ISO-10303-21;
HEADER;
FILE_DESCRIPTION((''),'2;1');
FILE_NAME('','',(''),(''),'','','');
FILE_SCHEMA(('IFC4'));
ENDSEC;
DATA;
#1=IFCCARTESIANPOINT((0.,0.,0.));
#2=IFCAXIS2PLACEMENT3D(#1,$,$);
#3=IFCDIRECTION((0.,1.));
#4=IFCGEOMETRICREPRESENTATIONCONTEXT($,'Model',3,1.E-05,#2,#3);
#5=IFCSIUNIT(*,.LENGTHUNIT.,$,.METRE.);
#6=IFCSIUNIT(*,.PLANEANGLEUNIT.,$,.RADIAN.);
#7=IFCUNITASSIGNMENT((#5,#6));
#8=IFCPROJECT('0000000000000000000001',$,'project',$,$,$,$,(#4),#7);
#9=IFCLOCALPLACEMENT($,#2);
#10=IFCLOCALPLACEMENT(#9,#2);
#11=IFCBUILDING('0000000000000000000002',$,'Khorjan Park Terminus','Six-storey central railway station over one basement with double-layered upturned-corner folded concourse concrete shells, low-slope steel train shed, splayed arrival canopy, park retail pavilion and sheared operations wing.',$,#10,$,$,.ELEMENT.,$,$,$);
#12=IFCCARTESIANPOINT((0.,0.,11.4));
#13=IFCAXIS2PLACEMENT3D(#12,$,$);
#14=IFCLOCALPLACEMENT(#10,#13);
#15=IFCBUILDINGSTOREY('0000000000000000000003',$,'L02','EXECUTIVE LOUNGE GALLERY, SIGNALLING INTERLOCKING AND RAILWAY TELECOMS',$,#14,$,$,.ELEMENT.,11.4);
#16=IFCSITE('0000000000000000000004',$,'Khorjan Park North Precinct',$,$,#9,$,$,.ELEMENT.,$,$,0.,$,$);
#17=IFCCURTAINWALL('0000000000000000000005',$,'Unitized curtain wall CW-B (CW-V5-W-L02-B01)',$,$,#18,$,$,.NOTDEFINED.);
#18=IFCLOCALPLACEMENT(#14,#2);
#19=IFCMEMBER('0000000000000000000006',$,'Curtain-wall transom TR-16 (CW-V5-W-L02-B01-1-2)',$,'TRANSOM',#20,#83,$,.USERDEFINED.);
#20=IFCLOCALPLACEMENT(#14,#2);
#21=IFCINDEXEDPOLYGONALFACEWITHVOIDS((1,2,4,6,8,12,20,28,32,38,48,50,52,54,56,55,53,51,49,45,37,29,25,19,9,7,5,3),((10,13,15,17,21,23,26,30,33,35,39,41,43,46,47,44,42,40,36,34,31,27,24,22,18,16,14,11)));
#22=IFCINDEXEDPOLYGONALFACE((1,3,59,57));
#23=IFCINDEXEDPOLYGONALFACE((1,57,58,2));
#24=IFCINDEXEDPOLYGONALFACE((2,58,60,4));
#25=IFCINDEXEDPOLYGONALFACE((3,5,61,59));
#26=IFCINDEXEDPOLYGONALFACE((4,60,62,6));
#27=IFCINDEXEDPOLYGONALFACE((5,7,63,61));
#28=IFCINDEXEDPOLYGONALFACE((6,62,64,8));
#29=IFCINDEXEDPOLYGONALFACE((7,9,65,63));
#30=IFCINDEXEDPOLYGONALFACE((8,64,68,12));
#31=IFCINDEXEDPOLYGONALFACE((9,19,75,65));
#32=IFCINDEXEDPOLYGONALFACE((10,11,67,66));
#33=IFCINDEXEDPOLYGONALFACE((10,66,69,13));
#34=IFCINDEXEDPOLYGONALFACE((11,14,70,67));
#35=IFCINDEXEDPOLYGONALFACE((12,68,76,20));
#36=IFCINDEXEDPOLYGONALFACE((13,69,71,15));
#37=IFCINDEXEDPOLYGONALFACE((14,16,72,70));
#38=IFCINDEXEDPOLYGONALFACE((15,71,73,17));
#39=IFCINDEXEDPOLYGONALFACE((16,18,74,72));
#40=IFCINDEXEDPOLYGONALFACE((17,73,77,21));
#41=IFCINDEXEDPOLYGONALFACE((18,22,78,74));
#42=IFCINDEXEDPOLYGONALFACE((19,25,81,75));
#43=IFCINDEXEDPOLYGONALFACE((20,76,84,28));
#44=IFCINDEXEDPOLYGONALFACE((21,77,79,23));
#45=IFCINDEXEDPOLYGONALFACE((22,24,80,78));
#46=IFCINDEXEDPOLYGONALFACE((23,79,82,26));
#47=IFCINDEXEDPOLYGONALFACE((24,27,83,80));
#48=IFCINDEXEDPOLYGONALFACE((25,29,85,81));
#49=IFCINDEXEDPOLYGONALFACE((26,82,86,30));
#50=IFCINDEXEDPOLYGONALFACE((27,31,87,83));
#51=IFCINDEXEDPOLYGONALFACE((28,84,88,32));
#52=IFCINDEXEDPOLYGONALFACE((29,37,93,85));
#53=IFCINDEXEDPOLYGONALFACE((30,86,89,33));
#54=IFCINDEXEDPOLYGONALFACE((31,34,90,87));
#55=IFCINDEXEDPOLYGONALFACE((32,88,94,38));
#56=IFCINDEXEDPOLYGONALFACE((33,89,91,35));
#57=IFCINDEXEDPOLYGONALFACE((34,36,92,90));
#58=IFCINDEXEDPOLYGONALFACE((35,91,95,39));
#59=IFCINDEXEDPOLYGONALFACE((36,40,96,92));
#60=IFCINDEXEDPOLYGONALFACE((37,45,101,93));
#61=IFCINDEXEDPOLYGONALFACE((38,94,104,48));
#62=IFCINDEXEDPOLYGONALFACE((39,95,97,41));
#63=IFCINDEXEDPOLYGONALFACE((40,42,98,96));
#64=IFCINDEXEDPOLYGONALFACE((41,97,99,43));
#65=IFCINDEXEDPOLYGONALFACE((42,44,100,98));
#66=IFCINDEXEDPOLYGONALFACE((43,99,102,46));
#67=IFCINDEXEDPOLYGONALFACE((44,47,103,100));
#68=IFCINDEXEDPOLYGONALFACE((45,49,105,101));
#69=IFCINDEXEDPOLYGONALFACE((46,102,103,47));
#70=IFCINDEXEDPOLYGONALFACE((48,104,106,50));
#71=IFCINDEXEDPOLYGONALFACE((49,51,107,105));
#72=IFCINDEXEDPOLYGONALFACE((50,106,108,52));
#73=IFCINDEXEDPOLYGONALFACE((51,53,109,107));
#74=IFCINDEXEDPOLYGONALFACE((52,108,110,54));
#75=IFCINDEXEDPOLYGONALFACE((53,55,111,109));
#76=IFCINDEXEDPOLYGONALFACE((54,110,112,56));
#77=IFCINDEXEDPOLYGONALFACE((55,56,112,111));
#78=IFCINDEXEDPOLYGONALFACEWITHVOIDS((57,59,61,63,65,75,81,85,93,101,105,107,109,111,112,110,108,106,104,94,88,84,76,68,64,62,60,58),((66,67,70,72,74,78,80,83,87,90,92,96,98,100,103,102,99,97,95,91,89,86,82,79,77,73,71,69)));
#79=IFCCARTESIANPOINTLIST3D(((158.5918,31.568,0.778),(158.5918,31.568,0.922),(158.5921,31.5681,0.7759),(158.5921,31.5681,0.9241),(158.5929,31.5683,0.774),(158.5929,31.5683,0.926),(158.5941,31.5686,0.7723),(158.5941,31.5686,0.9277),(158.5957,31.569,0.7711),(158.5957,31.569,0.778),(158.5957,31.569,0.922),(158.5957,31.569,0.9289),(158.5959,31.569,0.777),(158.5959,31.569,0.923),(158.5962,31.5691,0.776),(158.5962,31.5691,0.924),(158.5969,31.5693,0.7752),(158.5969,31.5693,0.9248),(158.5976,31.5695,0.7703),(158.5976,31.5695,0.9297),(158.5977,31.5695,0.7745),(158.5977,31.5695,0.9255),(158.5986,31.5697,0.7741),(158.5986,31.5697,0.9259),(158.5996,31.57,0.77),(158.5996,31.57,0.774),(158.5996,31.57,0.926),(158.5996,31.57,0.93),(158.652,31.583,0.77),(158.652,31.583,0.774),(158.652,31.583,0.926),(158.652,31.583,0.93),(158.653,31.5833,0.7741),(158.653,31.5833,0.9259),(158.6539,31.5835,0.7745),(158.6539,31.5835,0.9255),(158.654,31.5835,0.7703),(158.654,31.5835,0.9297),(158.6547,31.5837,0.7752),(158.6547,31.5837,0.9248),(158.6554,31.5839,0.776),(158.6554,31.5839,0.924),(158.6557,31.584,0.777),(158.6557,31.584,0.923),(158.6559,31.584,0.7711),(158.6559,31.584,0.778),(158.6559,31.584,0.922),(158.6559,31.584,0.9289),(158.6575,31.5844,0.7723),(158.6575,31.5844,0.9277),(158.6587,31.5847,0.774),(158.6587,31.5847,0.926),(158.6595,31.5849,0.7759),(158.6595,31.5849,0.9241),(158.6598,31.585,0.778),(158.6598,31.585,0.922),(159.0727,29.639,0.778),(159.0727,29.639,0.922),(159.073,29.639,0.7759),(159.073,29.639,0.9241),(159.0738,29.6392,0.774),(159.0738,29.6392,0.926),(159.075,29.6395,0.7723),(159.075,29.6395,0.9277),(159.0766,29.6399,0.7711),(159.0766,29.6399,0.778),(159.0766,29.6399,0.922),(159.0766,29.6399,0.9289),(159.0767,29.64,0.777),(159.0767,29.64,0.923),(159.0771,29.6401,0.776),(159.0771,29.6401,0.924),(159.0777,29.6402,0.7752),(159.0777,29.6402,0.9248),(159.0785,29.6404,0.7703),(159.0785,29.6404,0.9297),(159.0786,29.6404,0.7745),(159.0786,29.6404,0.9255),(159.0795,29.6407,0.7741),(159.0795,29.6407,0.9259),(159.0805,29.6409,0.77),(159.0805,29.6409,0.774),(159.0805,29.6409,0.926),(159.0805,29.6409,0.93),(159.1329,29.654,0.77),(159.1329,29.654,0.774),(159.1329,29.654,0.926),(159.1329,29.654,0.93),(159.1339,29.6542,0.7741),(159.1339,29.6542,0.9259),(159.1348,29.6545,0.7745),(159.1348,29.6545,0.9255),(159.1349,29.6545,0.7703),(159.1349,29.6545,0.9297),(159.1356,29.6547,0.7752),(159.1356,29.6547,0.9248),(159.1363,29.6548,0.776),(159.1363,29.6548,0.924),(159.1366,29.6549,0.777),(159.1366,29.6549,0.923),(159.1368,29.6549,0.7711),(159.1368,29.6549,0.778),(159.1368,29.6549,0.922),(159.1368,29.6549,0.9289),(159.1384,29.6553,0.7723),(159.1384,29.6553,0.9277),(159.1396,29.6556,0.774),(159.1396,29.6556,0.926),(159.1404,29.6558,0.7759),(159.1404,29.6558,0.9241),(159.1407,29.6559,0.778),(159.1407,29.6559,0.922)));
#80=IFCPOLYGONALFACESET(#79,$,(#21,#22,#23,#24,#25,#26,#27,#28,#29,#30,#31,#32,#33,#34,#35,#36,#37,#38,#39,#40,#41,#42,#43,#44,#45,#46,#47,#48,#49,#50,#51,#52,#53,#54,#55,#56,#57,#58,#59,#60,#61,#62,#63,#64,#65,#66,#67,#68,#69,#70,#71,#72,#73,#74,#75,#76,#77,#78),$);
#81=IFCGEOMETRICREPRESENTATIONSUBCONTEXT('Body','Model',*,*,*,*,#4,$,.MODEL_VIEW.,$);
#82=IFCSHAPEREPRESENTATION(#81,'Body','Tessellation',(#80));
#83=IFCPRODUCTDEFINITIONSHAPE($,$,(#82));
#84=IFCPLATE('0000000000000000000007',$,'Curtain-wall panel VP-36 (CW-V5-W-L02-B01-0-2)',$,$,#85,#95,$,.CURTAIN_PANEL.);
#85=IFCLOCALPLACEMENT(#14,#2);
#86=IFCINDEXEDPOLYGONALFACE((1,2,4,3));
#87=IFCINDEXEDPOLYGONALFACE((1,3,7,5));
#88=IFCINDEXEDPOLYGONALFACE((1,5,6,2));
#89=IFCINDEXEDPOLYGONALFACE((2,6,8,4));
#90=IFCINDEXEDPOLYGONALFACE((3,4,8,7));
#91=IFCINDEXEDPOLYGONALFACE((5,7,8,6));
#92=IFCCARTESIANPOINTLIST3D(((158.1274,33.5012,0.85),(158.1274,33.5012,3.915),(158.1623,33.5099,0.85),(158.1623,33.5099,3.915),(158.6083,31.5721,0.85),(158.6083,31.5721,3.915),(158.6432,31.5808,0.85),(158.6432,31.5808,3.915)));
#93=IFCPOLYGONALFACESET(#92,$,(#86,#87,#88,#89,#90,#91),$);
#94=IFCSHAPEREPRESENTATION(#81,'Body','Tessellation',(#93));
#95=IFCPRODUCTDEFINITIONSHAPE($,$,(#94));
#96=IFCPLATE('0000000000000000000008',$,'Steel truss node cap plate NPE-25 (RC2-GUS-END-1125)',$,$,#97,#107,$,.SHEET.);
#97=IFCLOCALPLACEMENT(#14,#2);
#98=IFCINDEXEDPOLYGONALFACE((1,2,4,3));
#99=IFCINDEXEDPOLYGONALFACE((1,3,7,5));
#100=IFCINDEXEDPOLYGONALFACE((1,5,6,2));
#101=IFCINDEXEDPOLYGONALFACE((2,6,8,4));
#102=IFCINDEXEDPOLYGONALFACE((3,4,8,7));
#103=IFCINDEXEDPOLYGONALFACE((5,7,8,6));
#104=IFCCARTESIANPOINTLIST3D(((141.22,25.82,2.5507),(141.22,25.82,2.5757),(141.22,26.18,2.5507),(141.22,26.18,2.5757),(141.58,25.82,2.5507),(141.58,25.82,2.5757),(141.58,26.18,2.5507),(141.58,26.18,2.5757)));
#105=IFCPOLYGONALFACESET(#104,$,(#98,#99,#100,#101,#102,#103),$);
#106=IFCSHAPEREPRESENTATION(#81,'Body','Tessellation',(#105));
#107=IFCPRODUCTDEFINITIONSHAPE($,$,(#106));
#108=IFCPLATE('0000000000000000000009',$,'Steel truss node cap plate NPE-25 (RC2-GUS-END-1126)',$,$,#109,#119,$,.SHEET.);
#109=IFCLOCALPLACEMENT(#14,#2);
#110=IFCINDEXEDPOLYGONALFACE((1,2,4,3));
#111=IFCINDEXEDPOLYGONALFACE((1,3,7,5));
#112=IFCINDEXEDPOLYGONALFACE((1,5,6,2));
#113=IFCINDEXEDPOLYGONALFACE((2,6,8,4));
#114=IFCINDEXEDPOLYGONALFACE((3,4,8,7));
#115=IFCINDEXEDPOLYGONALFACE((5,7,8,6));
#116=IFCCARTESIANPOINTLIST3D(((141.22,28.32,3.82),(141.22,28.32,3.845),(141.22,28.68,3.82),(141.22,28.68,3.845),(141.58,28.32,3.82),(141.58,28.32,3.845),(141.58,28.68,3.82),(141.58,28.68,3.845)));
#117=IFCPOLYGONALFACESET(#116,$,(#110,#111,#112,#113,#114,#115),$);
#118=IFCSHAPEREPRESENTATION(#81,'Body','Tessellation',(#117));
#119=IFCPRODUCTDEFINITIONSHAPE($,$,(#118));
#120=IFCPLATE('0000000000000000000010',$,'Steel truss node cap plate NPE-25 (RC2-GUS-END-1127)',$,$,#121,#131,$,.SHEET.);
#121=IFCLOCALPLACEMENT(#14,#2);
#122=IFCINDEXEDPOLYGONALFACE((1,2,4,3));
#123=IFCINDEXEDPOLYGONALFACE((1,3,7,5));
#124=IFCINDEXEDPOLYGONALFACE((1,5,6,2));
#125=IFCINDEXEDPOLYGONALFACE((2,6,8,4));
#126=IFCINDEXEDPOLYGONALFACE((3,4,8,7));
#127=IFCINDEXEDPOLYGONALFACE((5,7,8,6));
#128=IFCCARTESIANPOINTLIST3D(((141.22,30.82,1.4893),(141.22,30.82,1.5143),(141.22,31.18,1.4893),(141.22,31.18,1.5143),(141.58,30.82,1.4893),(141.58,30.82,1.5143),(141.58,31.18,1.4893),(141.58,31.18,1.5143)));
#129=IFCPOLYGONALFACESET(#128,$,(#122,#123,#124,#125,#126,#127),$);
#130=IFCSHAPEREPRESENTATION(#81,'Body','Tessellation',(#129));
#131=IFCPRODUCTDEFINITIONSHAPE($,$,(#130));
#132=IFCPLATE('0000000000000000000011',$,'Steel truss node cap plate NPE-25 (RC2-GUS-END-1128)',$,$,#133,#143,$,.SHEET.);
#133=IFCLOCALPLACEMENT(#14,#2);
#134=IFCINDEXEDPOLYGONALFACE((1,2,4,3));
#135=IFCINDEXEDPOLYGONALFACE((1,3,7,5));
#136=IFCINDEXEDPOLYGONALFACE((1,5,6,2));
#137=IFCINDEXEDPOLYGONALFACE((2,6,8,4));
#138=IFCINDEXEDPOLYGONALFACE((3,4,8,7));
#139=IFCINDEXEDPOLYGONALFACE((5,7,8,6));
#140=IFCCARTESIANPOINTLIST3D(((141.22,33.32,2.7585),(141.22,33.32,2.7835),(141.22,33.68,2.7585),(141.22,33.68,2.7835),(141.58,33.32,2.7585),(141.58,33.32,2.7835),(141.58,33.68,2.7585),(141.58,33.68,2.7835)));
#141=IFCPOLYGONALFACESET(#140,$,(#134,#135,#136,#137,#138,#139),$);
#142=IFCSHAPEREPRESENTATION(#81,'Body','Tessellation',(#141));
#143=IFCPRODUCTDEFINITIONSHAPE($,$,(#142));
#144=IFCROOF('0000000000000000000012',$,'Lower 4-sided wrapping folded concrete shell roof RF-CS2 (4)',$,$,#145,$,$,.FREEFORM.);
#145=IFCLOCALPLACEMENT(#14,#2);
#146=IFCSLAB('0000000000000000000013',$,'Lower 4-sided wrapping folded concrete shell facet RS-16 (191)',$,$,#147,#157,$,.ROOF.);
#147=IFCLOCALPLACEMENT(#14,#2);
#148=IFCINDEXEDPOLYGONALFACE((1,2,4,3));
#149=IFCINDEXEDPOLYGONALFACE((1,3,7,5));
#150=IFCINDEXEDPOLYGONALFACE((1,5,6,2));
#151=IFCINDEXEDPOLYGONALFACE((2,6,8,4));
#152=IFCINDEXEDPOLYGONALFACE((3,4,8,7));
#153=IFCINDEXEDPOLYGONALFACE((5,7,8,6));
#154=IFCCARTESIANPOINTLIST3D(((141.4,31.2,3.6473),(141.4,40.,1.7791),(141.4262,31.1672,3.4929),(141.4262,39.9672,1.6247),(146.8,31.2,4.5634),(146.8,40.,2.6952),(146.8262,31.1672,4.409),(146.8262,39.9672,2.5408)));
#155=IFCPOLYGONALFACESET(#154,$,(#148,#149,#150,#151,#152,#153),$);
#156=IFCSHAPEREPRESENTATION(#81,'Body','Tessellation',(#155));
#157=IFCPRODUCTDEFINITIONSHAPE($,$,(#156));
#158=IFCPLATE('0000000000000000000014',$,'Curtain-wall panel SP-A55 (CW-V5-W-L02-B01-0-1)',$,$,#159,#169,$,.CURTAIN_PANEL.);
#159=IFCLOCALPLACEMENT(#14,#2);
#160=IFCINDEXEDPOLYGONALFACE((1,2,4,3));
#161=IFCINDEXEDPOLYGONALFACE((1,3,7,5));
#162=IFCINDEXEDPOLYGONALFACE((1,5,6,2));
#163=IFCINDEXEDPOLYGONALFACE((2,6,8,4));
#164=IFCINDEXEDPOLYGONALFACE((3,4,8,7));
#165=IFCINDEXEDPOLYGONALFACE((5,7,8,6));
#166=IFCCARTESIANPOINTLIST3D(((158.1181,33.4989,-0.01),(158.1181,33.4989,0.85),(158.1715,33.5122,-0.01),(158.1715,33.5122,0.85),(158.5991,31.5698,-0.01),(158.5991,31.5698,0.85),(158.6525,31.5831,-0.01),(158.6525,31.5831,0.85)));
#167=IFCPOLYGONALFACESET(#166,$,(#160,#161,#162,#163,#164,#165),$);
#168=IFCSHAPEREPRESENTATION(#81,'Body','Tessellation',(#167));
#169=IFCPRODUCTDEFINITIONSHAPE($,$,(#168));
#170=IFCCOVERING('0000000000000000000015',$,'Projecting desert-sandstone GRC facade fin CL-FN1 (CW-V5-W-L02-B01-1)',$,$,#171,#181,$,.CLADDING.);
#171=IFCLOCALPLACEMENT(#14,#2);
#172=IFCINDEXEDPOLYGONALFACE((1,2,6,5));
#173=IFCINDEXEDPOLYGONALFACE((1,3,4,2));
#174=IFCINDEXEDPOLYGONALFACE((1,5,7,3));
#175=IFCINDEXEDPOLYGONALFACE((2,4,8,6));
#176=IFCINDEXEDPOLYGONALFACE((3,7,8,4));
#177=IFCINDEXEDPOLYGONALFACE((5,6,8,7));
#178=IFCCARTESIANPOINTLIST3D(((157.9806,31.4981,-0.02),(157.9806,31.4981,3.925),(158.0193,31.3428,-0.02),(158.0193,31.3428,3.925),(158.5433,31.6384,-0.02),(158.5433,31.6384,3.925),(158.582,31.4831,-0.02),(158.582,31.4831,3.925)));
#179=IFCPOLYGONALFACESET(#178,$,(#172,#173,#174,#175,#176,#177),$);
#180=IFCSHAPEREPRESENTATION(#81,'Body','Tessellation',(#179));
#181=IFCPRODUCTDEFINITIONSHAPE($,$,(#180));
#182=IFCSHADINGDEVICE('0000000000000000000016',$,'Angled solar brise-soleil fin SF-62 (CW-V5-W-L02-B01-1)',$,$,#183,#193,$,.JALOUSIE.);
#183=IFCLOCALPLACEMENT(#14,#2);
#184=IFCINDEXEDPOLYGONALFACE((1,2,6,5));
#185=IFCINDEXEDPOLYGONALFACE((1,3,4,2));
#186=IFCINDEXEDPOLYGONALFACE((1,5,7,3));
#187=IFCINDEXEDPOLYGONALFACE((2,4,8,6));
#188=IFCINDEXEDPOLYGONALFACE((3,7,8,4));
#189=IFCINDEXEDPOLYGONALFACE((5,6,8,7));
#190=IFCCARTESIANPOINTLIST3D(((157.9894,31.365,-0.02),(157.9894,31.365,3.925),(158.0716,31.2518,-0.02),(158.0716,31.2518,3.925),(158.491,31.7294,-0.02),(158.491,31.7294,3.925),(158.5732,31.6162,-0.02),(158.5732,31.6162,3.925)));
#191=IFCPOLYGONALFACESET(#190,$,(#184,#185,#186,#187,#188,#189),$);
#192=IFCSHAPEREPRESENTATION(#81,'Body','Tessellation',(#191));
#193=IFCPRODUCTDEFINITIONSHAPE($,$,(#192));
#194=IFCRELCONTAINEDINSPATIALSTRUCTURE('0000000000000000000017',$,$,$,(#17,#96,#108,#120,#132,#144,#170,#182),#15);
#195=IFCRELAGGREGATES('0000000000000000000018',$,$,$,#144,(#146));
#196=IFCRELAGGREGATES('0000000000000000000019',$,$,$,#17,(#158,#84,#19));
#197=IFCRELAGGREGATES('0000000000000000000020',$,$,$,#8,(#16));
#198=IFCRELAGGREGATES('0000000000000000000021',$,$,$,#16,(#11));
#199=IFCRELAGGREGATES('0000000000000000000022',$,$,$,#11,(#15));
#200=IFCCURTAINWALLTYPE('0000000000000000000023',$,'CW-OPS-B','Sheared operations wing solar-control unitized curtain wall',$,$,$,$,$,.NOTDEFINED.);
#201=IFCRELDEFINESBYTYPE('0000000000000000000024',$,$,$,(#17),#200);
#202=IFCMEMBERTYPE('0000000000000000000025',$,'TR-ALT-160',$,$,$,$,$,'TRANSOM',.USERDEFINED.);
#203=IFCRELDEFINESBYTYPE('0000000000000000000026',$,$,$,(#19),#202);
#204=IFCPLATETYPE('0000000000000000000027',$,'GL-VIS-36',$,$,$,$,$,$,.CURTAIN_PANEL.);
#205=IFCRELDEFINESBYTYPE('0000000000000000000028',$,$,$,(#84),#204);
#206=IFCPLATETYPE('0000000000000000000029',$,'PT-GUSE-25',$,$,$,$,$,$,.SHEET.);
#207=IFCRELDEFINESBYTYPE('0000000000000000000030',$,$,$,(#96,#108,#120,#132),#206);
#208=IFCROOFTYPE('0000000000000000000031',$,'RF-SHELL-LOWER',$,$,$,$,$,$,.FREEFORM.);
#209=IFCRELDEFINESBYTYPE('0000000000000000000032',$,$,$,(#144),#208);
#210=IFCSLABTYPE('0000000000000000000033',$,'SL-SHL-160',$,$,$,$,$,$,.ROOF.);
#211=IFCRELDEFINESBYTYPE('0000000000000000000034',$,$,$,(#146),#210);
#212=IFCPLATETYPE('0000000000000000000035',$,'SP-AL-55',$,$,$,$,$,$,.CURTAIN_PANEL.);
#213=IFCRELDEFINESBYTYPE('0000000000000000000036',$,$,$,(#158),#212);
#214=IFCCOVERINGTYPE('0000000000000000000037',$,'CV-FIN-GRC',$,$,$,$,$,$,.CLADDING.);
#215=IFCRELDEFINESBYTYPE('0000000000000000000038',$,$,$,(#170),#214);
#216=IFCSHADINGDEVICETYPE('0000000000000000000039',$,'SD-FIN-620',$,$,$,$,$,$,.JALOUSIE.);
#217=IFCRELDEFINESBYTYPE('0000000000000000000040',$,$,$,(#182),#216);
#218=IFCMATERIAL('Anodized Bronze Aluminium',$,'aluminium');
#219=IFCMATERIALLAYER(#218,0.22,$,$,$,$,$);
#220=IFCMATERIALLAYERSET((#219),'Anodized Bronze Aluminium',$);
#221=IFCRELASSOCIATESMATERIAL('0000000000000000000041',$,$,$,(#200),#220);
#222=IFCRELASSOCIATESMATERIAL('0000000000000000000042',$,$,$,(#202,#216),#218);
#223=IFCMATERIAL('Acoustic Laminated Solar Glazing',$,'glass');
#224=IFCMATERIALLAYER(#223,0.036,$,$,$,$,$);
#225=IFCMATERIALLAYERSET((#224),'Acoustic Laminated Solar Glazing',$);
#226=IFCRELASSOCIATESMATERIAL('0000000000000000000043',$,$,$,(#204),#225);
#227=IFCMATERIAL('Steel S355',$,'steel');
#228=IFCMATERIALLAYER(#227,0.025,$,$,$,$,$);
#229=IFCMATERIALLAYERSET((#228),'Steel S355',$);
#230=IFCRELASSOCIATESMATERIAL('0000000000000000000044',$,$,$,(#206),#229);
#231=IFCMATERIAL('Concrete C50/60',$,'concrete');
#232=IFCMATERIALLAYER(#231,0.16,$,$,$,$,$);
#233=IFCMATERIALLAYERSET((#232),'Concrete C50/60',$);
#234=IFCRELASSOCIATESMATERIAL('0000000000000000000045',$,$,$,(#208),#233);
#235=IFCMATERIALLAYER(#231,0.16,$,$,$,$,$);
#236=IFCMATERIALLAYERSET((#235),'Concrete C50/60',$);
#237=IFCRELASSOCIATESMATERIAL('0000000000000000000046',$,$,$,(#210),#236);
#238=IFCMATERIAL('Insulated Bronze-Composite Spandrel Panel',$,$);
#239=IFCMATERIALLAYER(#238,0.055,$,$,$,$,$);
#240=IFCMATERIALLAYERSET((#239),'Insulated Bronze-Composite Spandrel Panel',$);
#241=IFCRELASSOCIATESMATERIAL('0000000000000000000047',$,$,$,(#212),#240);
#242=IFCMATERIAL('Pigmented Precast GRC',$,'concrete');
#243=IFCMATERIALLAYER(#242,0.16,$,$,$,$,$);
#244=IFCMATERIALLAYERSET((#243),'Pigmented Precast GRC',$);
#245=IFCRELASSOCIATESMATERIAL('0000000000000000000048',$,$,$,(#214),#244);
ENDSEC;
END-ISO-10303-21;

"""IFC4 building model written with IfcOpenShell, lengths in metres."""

from ifc_helpers import new_model, si_unit, direction, frame, origin, origin_2d, place, context, subcontext, project, spatial, polyline, rectangle, hollow_rectangle, outline, extrude, material, layer, layer_set, material_profile, profile_set, type_object, element, aggregate, save


model = new_model("IFC4")

# Units and contexts
model_context = context("Model", 3, precision=1e-05, world=origin(), true_north=direction((0.0, 1.0)))
body_context = subcontext(model_context, "Body", "Model", "MODEL_VIEW")
ifc_project = project(units=[si_unit("LENGTHUNIT", "METRE"), si_unit("PLANEANGLEUNIT", "RADIAN")], contexts=[model_context])

# Site, building, storey
site_placement = place(None, origin())
site = spatial("IfcSite", under=ifc_project, at=site_placement, Name="Khorjan Park North Precinct", CompositionType="ELEMENT", RefElevation=0.0)
building_placement = place(site_placement, origin())
building = spatial("IfcBuilding", under=site, at=building_placement, Name="Khorjan Park Terminus", Description="Six-storey central railway station over one basement with double-layered upturned-corner folded concourse concrete shells, low-slope steel train shed, splayed arrival canopy, park retail pavilion and sheared operations wing.", CompositionType="ELEMENT")
storey_placement = place(building_placement, frame((0.0, 0.0, 11.4)))
storey = spatial("IfcBuildingStorey", under=building, at=storey_placement, Name="L02", Description="EXECUTIVE LOUNGE GALLERY, SIGNALLING INTERLOCKING AND RAILWAY TELECOMS", CompositionType="ELEMENT", Elevation=11.4)

# Shared definitions
ifc_material_1 = material(Name="Concrete C50/60", Category="concrete")

# Shared definitions
ifc_material_2 = material(Name="Steel S355", Category="steel")

# Curtain wall
ifc_material_3 = material(Name="Anodized Bronze Aluminium", Category="aluminium")
ifc_layer_1 = layer(ifc_material_3, 0.22)
ifc_layer_set_1 = layer_set([ifc_layer_1], Name="Anodized Bronze Aluminium")
curtain_wall_type = type_object("IfcCurtainWallType", Name="CW-OPS-B", Description="Sheared operations wing solar-control unitized curtain wall", PredefinedType="NOTDEFINED", material=ifc_layer_set_1)
curtain_wall_placement = place(storey_placement, origin())
curtain_wall = element("IfcCurtainWall", 1, at=curtain_wall_placement, inside=storey, type_object=curtain_wall_type, Name="Unitized curtain wall CW-B (CW-V5-W-L02-B01)", PredefinedType="NOTDEFINED")

# Member
ifc_material_profile_1 = material_profile(ifc_material_3, hollow_rectangle(XDim=0.07, YDim=0.16, WallThickness=0.004, InnerFilletRadius=0.004, OuterFilletRadius=0.008, at=origin_2d()), Name="ALT 70x160x4")
ifc_profile_set_1 = profile_set([ifc_material_profile_1], Name="Anodized Bronze Aluminium")
member_type_1 = type_object("IfcMemberType", Name="TR-ALT-160", ElementType="TRANSOM", PredefinedType="USERDEFINED", material=ifc_profile_set_1)
member_1_placement = place(storey_placement, frame((158.6258, 31.5765, 0.85), z_axis=(0.241885, -0.970305, 0.0), x_axis=(0.970305, 0.241885, 0.0)))
member_1 = element("IfcMember", 2, at=member_1_placement, type_object=member_type_1, Name="Curtain-wall transom TR-16 (CW-V5-W-L02-B01-1-2)", ObjectType="TRANSOM", PredefinedType="USERDEFINED", context=body_context, shape_type="SweptSolid", body=[
    extrude(hollow_rectangle(XDim=0.07, YDim=0.16, WallThickness=0.004, InnerFilletRadius=0.004, OuterFilletRadius=0.008, at=origin_2d()), origin(), (0.0, 0.0, 1.0), 1.9881),
])

# Plate
ifc_material_4 = material(Name="Acoustic Laminated Solar Glazing", Category="glass")
ifc_layer_2 = layer(ifc_material_4, 0.036)
ifc_layer_set_2 = layer_set([ifc_layer_2], Name="Acoustic Laminated Solar Glazing")
plate_type_1 = type_object("IfcPlateType", Name="GL-VIS-36", PredefinedType="CURTAIN_PANEL", material=ifc_layer_set_2)
plate_1_placement = place(storey_placement, frame((158.3853, 32.541, 0.85), z_axis=(0.0, 0.0, 1.0), x_axis=(0.241915, -0.970297, 0.0)))
plate_1 = element("IfcPlate", 3, at=plate_1_placement, type_object=plate_type_1, Name="Curtain-wall panel VP-36 (CW-V5-W-L02-B01-0-2)", PredefinedType="CURTAIN_PANEL", context=body_context, shape_type="SweptSolid", body=[
    extrude(rectangle(XDim=1.9881, YDim=0.036, at=origin_2d()), origin(), (0.0, 0.0, 1.0), 3.065),
])

# Plates
ifc_layer_3 = layer(ifc_material_2, 0.025)
ifc_layer_set_3 = layer_set([ifc_layer_3], Name="Steel S355")
plate_type_2 = type_object("IfcPlateType", Name="PT-GUSE-25", PredefinedType="SHEET", material=ifc_layer_set_3)
for number, where, z_axis, x_axis, name in (
    (4, (141.4, 26.0, 2.5507), (0.0, 0.0, 1.0), (1.0, 0.0, 0.0), "Steel truss node cap plate NPE-25 (RC2-GUS-END-1125)"),
    (5, (141.4, 28.5, 3.82), (0.0, 0.0, 1.0), (1.0, 0.0, 0.0), "Steel truss node cap plate NPE-25 (RC2-GUS-END-1126)"),
    (6, (141.4, 31.0, 1.4893), (0.0, 0.0, 1.0), (1.0, 0.0, 0.0), "Steel truss node cap plate NPE-25 (RC2-GUS-END-1127)"),
    (7, (141.4, 33.5, 2.7585), (0.0, 0.0, 1.0), (1.0, 0.0, 0.0), "Steel truss node cap plate NPE-25 (RC2-GUS-END-1128)"),
):
    element("IfcPlate", number, at=place(storey_placement, frame(where, z_axis=z_axis, x_axis=x_axis)), inside=storey, type_object=plate_type_2, Name=name, PredefinedType="SHEET", context=body_context, shape_type="SweptSolid", body=[
        extrude(rectangle(XDim=0.36, YDim=0.36, at=origin_2d()), origin(), (0.0, 0.0, 1.0), 0.025),
    ])

# Roof, slab
ifc_layer_4 = layer(ifc_material_1, 0.16)
ifc_layer_set_4 = layer_set([ifc_layer_4], Name="Concrete C50/60")
roof_type = type_object("IfcRoofType", Name="RF-SHELL-LOWER", PredefinedType="FREEFORM", material=ifc_layer_set_4)
roof_placement = place(storey_placement, origin())
roof = element("IfcRoof", 8, at=roof_placement, inside=storey, type_object=roof_type, Name="Lower 4-sided wrapping folded concrete shell roof RF-CS2 (4)", PredefinedType="FREEFORM")
ifc_layer_5 = layer(ifc_material_1, 0.16)
ifc_layer_set_5 = layer_set([ifc_layer_5], Name="Concrete C50/60")
slab_type = type_object("IfcSlabType", Name="SL-SHL-160", PredefinedType="ROOF", material=ifc_layer_set_5)
slab_placement = place(storey_placement, frame((141.4, 31.2, 3.6473), z_axis=(-0.163711, 0.204866, 0.965002), x_axis=(0.985913, 0.0, 0.167258)))
slab = element("IfcSlab", 9, at=slab_placement, type_object=slab_type, Name="Lower 4-sided wrapping folded concrete shell facet RS-16 (191)", PredefinedType="ROOF", context=body_context, shape_type="SweptSolid", body=[
    extrude(outline(polyline([(0.0, 0.0), (5.4772, 0.0), (5.1647, 8.9907), (-0.3125, 8.9907), (0.0, 0.0)])), origin(), (0.0, 0.0, -1.0), 0.16),
])
aggregate(roof, [slab])

# Plate
ifc_material_5 = material(Name="Insulated Bronze-Composite Spandrel Panel")
ifc_layer_6 = layer(ifc_material_5, 0.055)
ifc_layer_set_6 = layer_set([ifc_layer_6], Name="Insulated Bronze-Composite Spandrel Panel")
plate_type_3 = type_object("IfcPlateType", Name="SP-AL-55", PredefinedType="CURTAIN_PANEL", material=ifc_layer_set_6)
plate_2_placement = place(storey_placement, frame((158.3853, 32.541, -0.01), z_axis=(0.0, 0.0, 1.0), x_axis=(0.241915, -0.970297, 0.0)))
plate_2 = element("IfcPlate", 10, at=plate_2_placement, type_object=plate_type_3, Name="Curtain-wall panel SP-A55 (CW-V5-W-L02-B01-0-1)", PredefinedType="CURTAIN_PANEL", context=body_context, shape_type="SweptSolid", body=[
    extrude(rectangle(XDim=1.9881, YDim=0.055, at=origin_2d()), origin(), (0.0, 0.0, 1.0), 0.86),
])
aggregate(curtain_wall, [plate_2, plate_1, member_1])

# Covering
ifc_material_6 = material(Name="Pigmented Precast GRC", Category="concrete")
ifc_layer_7 = layer(ifc_material_6, 0.16)
ifc_layer_set_7 = layer_set([ifc_layer_7], Name="Pigmented Precast GRC")
covering_type = type_object("IfcCoveringType", Name="CV-FIN-GRC", PredefinedType="CLADDING", material=ifc_layer_set_7)
covering_placement = place(storey_placement, frame((158.2813, 31.4906, -0.02), z_axis=(0.0, 0.0, 1.0), x_axis=(0.970296, 0.241922, 0.0)))
element("IfcCovering", 11, at=covering_placement, inside=storey, type_object=covering_type, Name="Projecting desert-sandstone GRC facade fin CL-FN1 (CW-V5-W-L02-B01-1)", PredefinedType="CLADDING", context=body_context, shape_type="SweptSolid", body=[
    extrude(rectangle(XDim=0.58, YDim=0.16, at=origin_2d()), origin(), (0.0, 0.0, 1.0), 3.945),
])

# Shading device
shading_device_type = type_object("IfcShadingDeviceType", Name="SD-FIN-620", PredefinedType="JALOUSIE", material=ifc_material_3)
shading_device_placement = place(storey_placement, frame((158.2813, 31.4906, -0.02), z_axis=(0.0, 0.0, 1.0), x_axis=(0.809017, 0.587785, 0.0)))
element("IfcShadingDevice", 12, at=shading_device_placement, inside=storey, type_object=shading_device_type, Name="Angled solar brise-soleil fin SF-62 (CW-V5-W-L02-B01-1)", PredefinedType="JALOUSIE", context=body_context, shape_type="SweptSolid", body=[
    extrude(rectangle(XDim=0.62, YDim=0.14, at=origin_2d()), origin(), (0.0, 0.0, 1.0), 3.945),
])

save(model, "model.ifc")
